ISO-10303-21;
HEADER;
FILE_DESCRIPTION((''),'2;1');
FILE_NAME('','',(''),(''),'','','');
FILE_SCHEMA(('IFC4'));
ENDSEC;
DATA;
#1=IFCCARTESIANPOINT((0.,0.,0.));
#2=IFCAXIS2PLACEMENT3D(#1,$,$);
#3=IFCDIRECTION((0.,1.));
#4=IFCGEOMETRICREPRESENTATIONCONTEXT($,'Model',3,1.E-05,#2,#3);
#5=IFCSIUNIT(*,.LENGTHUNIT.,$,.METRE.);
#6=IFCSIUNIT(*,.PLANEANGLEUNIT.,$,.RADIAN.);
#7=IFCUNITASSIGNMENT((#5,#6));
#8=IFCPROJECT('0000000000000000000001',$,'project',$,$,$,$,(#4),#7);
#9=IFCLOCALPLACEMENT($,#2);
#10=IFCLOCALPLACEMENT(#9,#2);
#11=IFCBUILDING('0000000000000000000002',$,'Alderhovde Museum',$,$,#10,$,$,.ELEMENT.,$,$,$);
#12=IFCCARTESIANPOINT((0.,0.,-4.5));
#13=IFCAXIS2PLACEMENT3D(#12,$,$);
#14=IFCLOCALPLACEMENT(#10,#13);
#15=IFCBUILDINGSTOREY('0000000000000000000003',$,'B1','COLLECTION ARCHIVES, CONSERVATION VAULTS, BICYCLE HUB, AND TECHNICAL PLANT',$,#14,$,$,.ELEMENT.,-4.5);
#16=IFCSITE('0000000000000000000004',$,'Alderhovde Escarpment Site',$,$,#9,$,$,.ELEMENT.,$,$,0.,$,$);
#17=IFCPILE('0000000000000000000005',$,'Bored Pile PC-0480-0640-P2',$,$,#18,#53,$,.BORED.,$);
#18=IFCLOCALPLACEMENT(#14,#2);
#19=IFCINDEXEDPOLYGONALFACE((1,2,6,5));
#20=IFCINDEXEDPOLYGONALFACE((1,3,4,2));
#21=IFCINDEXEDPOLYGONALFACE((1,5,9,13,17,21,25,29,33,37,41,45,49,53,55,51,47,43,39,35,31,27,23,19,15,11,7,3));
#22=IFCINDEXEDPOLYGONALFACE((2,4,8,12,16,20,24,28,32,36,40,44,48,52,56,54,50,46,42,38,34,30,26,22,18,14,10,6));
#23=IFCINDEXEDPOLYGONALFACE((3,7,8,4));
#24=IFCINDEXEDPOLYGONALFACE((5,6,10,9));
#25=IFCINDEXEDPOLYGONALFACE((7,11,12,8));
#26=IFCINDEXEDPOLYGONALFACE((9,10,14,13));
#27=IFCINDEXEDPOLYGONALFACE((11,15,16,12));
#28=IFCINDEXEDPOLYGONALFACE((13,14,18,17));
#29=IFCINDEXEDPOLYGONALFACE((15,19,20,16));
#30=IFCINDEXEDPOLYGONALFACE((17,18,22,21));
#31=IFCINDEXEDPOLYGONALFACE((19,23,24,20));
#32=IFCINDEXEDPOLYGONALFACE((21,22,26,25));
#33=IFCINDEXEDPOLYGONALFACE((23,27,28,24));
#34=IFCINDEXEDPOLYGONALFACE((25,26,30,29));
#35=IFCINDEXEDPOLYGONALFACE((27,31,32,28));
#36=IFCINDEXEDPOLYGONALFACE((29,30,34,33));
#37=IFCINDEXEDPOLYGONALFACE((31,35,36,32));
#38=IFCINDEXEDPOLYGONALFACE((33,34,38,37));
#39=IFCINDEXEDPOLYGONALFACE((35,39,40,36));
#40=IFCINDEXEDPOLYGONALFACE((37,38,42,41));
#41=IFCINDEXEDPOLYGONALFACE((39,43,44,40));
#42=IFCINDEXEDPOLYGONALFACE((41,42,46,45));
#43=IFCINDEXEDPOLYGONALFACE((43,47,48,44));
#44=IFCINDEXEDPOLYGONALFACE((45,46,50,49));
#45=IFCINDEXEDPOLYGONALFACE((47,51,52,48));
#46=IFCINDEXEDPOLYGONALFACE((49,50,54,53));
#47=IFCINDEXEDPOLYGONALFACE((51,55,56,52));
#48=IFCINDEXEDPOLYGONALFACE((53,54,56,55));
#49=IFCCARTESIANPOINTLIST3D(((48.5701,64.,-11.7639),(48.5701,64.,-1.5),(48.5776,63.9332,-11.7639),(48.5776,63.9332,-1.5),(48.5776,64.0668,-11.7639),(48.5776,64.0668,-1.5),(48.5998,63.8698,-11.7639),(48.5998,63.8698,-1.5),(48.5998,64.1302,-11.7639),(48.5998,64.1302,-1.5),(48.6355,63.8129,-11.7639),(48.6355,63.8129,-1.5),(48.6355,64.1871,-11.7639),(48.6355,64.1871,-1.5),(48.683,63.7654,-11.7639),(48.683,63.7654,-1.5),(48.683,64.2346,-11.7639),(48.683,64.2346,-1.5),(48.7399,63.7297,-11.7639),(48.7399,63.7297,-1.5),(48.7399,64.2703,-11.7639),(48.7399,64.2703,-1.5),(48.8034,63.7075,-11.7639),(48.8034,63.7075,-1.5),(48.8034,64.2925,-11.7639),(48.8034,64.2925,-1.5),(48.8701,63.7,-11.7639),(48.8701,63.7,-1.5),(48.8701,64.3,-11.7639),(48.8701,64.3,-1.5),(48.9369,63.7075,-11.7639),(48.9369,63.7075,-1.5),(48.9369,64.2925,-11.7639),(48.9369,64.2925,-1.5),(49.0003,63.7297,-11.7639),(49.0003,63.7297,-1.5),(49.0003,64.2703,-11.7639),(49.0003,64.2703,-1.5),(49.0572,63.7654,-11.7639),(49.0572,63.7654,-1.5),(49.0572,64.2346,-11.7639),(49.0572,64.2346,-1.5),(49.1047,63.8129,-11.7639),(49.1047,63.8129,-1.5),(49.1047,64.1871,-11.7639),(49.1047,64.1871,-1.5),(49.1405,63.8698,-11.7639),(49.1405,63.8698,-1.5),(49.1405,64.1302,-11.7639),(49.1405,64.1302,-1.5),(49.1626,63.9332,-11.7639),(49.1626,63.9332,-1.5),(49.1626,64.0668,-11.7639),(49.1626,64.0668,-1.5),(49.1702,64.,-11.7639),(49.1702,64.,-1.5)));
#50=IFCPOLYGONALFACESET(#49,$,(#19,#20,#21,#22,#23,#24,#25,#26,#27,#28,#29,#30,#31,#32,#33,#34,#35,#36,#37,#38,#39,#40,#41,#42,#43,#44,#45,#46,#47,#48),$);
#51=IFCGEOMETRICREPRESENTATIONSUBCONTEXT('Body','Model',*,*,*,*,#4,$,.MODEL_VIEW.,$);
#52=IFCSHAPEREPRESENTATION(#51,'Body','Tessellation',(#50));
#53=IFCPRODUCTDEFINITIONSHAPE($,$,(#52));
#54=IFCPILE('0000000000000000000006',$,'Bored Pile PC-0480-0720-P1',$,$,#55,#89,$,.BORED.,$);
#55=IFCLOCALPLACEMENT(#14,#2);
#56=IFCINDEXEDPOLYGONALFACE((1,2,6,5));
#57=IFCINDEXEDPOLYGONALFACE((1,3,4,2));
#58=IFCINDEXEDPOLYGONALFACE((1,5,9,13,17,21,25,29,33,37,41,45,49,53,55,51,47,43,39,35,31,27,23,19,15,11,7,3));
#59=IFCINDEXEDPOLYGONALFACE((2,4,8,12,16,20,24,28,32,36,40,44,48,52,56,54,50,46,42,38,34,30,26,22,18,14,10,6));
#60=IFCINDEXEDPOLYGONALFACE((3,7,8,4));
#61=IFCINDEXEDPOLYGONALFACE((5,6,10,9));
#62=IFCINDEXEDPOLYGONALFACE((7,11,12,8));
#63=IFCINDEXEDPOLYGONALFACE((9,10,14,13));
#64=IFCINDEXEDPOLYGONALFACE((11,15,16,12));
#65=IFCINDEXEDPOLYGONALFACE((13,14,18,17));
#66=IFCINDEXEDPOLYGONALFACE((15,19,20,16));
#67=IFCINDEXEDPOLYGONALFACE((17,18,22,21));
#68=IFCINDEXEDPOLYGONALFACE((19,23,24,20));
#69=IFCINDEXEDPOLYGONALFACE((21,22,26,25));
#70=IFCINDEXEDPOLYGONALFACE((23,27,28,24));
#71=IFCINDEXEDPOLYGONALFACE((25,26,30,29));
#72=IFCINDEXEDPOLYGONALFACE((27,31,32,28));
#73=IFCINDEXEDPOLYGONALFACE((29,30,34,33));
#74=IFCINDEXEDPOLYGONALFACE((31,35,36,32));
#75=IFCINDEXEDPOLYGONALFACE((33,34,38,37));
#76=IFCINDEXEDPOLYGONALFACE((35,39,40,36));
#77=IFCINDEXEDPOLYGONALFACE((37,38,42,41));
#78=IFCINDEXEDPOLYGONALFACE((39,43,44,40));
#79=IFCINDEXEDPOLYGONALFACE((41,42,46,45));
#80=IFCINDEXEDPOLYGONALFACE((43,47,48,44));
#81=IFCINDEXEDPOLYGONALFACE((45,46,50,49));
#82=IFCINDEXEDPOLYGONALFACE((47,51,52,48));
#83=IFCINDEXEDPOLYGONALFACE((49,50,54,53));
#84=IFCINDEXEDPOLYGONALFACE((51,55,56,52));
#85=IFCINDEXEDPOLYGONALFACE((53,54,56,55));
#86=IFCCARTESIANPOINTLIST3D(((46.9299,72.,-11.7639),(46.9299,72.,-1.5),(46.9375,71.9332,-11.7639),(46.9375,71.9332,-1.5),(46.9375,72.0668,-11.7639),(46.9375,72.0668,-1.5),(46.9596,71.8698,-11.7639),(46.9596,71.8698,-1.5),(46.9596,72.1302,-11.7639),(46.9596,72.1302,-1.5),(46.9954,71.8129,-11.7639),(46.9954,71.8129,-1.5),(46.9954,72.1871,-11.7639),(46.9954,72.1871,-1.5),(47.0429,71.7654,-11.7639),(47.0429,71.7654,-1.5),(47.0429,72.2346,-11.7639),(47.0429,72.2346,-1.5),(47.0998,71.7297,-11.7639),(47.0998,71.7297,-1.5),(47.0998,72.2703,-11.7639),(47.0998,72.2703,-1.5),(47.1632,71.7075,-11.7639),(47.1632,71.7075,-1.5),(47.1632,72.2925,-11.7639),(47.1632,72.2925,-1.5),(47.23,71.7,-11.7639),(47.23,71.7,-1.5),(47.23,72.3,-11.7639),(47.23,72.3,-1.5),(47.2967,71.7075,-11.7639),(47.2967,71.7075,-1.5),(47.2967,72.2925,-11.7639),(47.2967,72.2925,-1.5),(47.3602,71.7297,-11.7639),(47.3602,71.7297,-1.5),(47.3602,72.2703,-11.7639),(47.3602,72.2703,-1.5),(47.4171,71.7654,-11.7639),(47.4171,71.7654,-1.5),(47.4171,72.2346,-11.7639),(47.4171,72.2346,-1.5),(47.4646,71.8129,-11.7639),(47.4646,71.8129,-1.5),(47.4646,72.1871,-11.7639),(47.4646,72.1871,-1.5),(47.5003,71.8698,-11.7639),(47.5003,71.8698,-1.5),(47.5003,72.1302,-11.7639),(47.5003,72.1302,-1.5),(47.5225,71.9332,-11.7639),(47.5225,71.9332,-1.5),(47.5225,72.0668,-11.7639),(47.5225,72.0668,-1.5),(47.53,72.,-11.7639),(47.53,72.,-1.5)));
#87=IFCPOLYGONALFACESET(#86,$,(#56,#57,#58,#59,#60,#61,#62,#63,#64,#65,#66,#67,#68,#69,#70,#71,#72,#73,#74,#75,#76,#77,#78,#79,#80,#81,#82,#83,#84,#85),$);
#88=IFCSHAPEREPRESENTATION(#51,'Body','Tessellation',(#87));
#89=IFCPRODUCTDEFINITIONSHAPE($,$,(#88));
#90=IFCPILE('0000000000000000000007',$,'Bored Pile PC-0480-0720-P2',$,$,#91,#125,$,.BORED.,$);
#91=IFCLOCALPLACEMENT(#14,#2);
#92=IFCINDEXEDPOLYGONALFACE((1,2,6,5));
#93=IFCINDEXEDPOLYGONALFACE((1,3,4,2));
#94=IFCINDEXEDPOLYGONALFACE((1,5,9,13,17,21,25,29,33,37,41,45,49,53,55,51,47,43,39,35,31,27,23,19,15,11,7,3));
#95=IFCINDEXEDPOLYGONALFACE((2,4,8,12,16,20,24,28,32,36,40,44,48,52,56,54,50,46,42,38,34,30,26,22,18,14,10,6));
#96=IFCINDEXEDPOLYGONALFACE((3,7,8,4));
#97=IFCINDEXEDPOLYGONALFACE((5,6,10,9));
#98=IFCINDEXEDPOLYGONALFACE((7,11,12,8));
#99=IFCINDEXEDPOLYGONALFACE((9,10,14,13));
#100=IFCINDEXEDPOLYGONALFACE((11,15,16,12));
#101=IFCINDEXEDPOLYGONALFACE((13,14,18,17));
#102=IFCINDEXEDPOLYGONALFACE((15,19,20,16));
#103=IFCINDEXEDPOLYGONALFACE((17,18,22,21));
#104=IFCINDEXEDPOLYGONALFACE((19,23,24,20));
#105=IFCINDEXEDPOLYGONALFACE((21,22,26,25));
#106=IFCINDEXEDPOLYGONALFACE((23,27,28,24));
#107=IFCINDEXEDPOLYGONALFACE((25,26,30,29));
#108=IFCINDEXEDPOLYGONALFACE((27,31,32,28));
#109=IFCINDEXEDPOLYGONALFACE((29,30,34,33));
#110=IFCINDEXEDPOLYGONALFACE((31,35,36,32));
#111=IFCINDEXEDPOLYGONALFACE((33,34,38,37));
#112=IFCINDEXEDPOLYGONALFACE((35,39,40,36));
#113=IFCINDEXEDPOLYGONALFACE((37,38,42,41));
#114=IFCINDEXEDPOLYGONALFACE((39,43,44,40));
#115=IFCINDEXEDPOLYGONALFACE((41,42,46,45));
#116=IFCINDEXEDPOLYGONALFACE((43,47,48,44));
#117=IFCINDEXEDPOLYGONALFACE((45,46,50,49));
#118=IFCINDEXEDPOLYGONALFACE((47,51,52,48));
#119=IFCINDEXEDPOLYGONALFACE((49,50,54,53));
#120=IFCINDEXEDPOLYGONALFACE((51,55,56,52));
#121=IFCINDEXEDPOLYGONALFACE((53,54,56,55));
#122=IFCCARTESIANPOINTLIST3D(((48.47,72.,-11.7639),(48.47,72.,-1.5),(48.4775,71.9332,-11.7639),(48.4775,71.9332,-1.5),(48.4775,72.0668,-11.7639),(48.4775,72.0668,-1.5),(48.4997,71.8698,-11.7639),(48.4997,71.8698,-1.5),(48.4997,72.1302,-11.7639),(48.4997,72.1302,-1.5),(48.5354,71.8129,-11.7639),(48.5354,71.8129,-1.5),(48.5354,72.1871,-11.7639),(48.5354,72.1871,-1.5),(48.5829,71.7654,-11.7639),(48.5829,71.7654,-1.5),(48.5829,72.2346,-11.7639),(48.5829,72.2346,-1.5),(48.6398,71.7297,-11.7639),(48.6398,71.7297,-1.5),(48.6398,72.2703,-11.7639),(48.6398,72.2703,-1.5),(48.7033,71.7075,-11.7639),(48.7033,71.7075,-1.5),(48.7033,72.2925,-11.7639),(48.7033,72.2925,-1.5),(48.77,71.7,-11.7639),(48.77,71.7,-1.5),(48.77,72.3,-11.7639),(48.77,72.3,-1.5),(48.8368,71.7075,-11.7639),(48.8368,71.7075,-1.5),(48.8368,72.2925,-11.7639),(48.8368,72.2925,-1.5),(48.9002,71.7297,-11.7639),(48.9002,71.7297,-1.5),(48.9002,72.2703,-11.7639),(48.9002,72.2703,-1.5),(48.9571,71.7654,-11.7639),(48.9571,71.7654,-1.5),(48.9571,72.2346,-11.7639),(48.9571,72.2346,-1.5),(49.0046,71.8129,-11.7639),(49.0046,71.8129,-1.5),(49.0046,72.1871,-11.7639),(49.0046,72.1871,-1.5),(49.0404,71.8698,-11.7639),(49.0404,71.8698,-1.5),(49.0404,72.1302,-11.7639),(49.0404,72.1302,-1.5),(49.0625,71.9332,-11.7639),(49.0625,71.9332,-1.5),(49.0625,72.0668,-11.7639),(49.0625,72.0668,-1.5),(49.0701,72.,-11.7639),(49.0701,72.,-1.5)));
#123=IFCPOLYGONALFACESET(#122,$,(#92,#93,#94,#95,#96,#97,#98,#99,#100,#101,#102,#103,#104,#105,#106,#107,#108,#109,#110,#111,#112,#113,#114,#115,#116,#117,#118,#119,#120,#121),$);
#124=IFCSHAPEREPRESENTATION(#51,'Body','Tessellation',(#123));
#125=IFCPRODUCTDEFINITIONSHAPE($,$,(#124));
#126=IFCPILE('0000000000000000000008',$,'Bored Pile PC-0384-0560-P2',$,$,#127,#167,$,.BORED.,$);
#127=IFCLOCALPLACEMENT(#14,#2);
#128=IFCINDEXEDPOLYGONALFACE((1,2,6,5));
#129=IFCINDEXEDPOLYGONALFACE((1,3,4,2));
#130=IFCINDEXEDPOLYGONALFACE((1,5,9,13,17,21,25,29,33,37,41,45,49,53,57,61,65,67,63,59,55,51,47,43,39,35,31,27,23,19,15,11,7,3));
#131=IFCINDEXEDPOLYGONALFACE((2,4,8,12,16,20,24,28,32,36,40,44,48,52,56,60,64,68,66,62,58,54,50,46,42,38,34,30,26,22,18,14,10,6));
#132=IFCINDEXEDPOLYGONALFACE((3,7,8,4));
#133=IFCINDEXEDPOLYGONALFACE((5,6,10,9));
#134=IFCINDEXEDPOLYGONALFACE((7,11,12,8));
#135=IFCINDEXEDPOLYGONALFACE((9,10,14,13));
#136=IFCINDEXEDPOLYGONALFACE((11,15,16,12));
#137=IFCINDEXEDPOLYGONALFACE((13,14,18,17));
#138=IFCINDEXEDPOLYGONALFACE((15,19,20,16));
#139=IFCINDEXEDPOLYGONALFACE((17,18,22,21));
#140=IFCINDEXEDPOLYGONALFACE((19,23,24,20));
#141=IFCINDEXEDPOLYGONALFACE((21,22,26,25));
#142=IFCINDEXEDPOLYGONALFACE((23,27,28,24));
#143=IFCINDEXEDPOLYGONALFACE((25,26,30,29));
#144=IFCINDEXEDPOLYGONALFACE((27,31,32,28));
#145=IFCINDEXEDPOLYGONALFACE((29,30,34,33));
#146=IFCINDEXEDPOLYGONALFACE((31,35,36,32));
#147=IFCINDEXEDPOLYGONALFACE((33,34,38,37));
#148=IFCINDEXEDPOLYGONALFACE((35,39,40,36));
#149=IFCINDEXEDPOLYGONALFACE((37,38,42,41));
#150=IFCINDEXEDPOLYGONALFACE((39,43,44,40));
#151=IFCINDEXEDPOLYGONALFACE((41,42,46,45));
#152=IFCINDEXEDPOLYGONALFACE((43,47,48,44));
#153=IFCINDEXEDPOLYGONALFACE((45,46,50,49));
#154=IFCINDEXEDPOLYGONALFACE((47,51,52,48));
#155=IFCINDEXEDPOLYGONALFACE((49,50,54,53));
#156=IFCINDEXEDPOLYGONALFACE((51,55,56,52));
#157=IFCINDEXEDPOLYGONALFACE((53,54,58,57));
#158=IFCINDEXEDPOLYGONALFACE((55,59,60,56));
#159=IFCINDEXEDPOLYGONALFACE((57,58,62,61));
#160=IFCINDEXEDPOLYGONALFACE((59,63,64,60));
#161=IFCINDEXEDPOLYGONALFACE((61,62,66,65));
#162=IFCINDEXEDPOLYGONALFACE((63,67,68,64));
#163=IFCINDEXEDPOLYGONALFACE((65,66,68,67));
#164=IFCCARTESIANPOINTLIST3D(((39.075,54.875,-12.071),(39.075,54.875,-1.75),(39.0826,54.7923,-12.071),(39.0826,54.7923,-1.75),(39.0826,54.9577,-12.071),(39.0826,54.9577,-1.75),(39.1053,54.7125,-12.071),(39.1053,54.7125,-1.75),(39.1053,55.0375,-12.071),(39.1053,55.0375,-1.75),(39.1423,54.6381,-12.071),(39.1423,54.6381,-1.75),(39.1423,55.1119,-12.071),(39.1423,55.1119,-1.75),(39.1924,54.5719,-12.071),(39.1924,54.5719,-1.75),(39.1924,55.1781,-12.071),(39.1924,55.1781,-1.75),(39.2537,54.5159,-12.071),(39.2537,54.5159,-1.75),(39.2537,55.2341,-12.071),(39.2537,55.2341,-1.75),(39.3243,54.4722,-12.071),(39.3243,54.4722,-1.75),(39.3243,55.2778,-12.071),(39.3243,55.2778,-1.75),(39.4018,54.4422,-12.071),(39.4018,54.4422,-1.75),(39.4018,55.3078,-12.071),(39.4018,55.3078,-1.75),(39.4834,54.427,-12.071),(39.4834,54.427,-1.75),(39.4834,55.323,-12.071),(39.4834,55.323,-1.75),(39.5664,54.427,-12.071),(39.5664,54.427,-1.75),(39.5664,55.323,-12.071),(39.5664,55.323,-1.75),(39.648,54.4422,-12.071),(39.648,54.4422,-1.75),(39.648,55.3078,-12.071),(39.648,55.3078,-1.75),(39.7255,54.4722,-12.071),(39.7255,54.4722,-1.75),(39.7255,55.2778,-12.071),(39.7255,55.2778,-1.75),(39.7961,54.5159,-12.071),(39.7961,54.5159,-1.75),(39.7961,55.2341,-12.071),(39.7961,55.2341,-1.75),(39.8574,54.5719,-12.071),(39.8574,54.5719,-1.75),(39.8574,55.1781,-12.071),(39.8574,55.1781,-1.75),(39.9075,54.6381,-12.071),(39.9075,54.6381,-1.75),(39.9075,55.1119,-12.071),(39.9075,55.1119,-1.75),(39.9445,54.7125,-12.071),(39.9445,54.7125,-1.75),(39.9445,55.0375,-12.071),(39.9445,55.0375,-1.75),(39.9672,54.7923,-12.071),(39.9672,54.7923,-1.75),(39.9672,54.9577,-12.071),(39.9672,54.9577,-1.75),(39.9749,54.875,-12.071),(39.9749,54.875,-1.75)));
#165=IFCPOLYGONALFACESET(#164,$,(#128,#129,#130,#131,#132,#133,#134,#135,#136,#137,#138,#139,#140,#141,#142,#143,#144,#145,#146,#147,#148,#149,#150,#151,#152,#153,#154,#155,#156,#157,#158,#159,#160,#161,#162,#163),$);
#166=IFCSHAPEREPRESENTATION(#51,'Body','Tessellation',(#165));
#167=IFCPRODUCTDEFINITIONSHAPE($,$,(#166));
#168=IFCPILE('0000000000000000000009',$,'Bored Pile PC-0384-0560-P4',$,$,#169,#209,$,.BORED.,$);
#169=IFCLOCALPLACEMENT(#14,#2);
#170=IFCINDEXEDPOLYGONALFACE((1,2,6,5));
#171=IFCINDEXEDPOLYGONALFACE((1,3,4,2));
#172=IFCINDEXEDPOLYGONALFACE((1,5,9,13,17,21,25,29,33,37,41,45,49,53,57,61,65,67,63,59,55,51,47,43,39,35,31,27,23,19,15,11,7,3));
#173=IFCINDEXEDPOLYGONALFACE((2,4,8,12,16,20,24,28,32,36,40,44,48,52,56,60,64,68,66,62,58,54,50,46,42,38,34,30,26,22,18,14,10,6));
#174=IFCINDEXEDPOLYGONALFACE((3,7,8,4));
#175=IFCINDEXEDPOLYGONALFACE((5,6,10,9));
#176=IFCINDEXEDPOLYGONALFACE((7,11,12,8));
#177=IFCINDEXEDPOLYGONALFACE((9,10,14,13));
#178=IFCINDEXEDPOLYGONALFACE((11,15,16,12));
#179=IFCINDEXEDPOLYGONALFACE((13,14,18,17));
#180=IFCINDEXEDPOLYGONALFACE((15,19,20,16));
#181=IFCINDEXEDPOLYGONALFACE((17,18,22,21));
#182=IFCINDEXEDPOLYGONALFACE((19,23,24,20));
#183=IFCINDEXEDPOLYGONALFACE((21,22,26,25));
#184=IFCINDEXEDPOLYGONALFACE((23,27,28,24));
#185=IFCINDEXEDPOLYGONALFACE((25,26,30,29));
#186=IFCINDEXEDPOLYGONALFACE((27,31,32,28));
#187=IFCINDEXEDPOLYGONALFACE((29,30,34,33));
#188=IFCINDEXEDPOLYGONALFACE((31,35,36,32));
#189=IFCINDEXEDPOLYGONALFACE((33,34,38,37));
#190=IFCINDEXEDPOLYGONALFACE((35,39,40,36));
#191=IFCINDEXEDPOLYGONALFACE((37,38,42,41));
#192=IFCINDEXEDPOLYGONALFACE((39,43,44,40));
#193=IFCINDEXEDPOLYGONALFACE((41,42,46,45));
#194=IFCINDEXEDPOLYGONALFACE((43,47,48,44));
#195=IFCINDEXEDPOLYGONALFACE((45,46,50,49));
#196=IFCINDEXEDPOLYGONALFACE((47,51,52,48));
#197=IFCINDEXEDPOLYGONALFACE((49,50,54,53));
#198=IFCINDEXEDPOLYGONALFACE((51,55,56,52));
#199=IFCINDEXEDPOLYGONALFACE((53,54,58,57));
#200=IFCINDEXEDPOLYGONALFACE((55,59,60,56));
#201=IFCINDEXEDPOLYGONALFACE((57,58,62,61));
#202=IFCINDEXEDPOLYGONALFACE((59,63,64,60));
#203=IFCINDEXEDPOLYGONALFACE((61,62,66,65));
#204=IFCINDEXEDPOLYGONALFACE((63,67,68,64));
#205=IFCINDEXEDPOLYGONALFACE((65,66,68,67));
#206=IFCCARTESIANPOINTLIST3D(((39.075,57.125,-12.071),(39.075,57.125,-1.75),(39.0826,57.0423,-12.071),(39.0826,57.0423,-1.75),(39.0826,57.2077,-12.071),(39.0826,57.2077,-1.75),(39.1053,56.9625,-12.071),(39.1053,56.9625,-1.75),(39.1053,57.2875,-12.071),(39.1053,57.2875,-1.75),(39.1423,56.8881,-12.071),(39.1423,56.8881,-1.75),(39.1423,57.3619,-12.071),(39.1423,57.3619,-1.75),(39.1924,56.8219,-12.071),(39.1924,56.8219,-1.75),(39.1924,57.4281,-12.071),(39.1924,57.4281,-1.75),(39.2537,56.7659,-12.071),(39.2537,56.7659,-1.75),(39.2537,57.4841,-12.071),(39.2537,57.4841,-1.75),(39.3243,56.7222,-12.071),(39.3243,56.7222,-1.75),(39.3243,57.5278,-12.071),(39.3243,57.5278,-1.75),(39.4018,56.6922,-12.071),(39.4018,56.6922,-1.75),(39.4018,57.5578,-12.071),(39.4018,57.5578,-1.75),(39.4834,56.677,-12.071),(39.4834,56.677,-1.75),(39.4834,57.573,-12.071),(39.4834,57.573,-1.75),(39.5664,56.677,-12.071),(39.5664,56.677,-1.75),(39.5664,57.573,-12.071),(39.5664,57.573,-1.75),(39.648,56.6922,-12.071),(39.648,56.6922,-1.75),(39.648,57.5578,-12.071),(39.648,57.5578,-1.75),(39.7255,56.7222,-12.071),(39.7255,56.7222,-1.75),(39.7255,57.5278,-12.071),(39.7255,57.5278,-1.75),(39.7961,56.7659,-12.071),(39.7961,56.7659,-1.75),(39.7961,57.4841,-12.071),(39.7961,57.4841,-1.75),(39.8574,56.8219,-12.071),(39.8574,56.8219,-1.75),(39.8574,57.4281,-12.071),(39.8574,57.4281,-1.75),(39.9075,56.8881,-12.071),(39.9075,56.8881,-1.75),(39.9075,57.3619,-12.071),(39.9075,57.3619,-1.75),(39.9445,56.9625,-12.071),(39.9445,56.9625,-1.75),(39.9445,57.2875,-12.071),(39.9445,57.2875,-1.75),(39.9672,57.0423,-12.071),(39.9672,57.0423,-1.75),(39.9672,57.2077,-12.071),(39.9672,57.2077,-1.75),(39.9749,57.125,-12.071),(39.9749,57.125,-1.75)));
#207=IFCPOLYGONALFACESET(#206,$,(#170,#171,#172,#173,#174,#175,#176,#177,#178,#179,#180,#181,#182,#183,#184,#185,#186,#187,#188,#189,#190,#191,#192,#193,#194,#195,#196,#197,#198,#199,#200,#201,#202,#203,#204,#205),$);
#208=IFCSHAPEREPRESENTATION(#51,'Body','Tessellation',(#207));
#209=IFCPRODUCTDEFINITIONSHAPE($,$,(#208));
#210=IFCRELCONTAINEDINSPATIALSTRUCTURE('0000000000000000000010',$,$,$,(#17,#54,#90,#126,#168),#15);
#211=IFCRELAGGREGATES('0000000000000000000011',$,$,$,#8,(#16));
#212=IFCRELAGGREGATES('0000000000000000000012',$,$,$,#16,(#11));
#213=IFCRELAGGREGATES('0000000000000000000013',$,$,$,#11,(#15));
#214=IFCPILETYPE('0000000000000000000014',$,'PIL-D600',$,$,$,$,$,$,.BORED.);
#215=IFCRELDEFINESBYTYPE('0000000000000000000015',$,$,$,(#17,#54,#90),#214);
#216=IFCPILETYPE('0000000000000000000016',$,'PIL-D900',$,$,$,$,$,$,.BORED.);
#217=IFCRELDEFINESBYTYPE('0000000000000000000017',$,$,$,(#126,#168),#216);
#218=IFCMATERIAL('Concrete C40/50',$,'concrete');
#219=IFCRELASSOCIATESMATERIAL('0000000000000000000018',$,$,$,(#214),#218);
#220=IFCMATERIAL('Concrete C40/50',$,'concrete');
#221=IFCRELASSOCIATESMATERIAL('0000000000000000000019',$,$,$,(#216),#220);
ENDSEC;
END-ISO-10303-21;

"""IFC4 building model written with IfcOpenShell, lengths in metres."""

from ifc_helpers import new_model, si_unit, direction, frame, origin, origin_2d, place, context, subcontext, project, spatial, circle, extrude, material, material_profile, profile_set, type_object, element, save


model = new_model("IFC4")

# Units and contexts
model_context = context("Model", 3, precision=1e-05, world=origin(), true_north=direction((0.0, 1.0)))
body_context = subcontext(model_context, "Body", "Model", "MODEL_VIEW")
ifc_project = project(units=[si_unit("LENGTHUNIT", "METRE"), si_unit("PLANEANGLEUNIT", "RADIAN")], contexts=[model_context])

# Site, building, storey
site_placement = place(None, origin())
site = spatial("IfcSite", under=ifc_project, at=site_placement, Name="Alderhovde Escarpment Site", CompositionType="ELEMENT", RefElevation=0.0)
building_placement = place(site_placement, origin())
building = spatial("IfcBuilding", under=site, at=building_placement, Name="Alderhovde Museum", CompositionType="ELEMENT")
storey_placement = place(building_placement, frame((0.0, 0.0, -4.5)))
storey = spatial("IfcBuildingStorey", under=building, at=storey_placement, Name="B1", Description="COLLECTION ARCHIVES, CONSERVATION VAULTS, BICYCLE HUB, AND TECHNICAL PLANT", CompositionType="ELEMENT", Elevation=-4.5)

# Piles
ifc_material_1 = material(Name="Concrete C40/50", Category="concrete")
ifc_material_profile_1 = material_profile(ifc_material_1, circle(Radius=0.3, at=origin_2d()), Name="PILE-D600")
ifc_profile_set_1 = profile_set([ifc_material_profile_1], Name="Concrete C40/50")
pile_type_1 = type_object("IfcPileType", Name="PIL-D600", PredefinedType="BORED", material=ifc_profile_set_1)
for number, where, z_axis, x_axis, name in (
    (1, (48.8701, 64.0, -1.5), (0.0, 0.0, -1.0), (1.0, 0.0, 0.0), "Bored Pile PC-0480-0640-P2"),
    (2, (47.23, 72.0, -1.5), (0.0, 0.0, -1.0), (1.0, 0.0, 0.0), "Bored Pile PC-0480-0720-P1"),
    (3, (48.77, 72.0, -1.5), (0.0, 0.0, -1.0), (1.0, 0.0, 0.0), "Bored Pile PC-0480-0720-P2"),
):
    element("IfcPile", number, at=place(storey_placement, frame(where, z_axis=z_axis, x_axis=x_axis)), inside=storey, type_object=pile_type_1, Name=name, PredefinedType="BORED", context=body_context, shape_type="SweptSolid", body=[
        extrude(circle(Radius=0.3, at=origin_2d()), origin(), (0.0, 0.0, 1.0), 10.2639),
    ])
ifc_material_2 = material(Name="Concrete C40/50", Category="concrete")
ifc_material_profile_2 = material_profile(ifc_material_2, circle(Radius=0.45, at=origin_2d()), Name="PILE-D900")
ifc_profile_set_2 = profile_set([ifc_material_profile_2], Name="Concrete C40/50")
pile_type_2 = type_object("IfcPileType", Name="PIL-D900", PredefinedType="BORED", material=ifc_profile_set_2)
for number, where, z_axis, x_axis, name in (
    (4, (39.5249, 54.875, -1.75), (0.0, 0.0, -1.0), (1.0, 0.0, 0.0), "Bored Pile PC-0384-0560-P2"),
    (5, (39.5249, 57.125, -1.75), (0.0, 0.0, -1.0), (1.0, 0.0, 0.0), "Bored Pile PC-0384-0560-P4"),
):
    element("IfcPile", number, at=place(storey_placement, frame(where, z_axis=z_axis, x_axis=x_axis)), inside=storey, type_object=pile_type_2, Name=name, PredefinedType="BORED", context=body_context, shape_type="SweptSolid", body=[
        extrude(circle(Radius=0.45, at=origin_2d()), origin(), (0.0, 0.0, 1.0), 10.321),
    ])

save(model, "model.ifc")
